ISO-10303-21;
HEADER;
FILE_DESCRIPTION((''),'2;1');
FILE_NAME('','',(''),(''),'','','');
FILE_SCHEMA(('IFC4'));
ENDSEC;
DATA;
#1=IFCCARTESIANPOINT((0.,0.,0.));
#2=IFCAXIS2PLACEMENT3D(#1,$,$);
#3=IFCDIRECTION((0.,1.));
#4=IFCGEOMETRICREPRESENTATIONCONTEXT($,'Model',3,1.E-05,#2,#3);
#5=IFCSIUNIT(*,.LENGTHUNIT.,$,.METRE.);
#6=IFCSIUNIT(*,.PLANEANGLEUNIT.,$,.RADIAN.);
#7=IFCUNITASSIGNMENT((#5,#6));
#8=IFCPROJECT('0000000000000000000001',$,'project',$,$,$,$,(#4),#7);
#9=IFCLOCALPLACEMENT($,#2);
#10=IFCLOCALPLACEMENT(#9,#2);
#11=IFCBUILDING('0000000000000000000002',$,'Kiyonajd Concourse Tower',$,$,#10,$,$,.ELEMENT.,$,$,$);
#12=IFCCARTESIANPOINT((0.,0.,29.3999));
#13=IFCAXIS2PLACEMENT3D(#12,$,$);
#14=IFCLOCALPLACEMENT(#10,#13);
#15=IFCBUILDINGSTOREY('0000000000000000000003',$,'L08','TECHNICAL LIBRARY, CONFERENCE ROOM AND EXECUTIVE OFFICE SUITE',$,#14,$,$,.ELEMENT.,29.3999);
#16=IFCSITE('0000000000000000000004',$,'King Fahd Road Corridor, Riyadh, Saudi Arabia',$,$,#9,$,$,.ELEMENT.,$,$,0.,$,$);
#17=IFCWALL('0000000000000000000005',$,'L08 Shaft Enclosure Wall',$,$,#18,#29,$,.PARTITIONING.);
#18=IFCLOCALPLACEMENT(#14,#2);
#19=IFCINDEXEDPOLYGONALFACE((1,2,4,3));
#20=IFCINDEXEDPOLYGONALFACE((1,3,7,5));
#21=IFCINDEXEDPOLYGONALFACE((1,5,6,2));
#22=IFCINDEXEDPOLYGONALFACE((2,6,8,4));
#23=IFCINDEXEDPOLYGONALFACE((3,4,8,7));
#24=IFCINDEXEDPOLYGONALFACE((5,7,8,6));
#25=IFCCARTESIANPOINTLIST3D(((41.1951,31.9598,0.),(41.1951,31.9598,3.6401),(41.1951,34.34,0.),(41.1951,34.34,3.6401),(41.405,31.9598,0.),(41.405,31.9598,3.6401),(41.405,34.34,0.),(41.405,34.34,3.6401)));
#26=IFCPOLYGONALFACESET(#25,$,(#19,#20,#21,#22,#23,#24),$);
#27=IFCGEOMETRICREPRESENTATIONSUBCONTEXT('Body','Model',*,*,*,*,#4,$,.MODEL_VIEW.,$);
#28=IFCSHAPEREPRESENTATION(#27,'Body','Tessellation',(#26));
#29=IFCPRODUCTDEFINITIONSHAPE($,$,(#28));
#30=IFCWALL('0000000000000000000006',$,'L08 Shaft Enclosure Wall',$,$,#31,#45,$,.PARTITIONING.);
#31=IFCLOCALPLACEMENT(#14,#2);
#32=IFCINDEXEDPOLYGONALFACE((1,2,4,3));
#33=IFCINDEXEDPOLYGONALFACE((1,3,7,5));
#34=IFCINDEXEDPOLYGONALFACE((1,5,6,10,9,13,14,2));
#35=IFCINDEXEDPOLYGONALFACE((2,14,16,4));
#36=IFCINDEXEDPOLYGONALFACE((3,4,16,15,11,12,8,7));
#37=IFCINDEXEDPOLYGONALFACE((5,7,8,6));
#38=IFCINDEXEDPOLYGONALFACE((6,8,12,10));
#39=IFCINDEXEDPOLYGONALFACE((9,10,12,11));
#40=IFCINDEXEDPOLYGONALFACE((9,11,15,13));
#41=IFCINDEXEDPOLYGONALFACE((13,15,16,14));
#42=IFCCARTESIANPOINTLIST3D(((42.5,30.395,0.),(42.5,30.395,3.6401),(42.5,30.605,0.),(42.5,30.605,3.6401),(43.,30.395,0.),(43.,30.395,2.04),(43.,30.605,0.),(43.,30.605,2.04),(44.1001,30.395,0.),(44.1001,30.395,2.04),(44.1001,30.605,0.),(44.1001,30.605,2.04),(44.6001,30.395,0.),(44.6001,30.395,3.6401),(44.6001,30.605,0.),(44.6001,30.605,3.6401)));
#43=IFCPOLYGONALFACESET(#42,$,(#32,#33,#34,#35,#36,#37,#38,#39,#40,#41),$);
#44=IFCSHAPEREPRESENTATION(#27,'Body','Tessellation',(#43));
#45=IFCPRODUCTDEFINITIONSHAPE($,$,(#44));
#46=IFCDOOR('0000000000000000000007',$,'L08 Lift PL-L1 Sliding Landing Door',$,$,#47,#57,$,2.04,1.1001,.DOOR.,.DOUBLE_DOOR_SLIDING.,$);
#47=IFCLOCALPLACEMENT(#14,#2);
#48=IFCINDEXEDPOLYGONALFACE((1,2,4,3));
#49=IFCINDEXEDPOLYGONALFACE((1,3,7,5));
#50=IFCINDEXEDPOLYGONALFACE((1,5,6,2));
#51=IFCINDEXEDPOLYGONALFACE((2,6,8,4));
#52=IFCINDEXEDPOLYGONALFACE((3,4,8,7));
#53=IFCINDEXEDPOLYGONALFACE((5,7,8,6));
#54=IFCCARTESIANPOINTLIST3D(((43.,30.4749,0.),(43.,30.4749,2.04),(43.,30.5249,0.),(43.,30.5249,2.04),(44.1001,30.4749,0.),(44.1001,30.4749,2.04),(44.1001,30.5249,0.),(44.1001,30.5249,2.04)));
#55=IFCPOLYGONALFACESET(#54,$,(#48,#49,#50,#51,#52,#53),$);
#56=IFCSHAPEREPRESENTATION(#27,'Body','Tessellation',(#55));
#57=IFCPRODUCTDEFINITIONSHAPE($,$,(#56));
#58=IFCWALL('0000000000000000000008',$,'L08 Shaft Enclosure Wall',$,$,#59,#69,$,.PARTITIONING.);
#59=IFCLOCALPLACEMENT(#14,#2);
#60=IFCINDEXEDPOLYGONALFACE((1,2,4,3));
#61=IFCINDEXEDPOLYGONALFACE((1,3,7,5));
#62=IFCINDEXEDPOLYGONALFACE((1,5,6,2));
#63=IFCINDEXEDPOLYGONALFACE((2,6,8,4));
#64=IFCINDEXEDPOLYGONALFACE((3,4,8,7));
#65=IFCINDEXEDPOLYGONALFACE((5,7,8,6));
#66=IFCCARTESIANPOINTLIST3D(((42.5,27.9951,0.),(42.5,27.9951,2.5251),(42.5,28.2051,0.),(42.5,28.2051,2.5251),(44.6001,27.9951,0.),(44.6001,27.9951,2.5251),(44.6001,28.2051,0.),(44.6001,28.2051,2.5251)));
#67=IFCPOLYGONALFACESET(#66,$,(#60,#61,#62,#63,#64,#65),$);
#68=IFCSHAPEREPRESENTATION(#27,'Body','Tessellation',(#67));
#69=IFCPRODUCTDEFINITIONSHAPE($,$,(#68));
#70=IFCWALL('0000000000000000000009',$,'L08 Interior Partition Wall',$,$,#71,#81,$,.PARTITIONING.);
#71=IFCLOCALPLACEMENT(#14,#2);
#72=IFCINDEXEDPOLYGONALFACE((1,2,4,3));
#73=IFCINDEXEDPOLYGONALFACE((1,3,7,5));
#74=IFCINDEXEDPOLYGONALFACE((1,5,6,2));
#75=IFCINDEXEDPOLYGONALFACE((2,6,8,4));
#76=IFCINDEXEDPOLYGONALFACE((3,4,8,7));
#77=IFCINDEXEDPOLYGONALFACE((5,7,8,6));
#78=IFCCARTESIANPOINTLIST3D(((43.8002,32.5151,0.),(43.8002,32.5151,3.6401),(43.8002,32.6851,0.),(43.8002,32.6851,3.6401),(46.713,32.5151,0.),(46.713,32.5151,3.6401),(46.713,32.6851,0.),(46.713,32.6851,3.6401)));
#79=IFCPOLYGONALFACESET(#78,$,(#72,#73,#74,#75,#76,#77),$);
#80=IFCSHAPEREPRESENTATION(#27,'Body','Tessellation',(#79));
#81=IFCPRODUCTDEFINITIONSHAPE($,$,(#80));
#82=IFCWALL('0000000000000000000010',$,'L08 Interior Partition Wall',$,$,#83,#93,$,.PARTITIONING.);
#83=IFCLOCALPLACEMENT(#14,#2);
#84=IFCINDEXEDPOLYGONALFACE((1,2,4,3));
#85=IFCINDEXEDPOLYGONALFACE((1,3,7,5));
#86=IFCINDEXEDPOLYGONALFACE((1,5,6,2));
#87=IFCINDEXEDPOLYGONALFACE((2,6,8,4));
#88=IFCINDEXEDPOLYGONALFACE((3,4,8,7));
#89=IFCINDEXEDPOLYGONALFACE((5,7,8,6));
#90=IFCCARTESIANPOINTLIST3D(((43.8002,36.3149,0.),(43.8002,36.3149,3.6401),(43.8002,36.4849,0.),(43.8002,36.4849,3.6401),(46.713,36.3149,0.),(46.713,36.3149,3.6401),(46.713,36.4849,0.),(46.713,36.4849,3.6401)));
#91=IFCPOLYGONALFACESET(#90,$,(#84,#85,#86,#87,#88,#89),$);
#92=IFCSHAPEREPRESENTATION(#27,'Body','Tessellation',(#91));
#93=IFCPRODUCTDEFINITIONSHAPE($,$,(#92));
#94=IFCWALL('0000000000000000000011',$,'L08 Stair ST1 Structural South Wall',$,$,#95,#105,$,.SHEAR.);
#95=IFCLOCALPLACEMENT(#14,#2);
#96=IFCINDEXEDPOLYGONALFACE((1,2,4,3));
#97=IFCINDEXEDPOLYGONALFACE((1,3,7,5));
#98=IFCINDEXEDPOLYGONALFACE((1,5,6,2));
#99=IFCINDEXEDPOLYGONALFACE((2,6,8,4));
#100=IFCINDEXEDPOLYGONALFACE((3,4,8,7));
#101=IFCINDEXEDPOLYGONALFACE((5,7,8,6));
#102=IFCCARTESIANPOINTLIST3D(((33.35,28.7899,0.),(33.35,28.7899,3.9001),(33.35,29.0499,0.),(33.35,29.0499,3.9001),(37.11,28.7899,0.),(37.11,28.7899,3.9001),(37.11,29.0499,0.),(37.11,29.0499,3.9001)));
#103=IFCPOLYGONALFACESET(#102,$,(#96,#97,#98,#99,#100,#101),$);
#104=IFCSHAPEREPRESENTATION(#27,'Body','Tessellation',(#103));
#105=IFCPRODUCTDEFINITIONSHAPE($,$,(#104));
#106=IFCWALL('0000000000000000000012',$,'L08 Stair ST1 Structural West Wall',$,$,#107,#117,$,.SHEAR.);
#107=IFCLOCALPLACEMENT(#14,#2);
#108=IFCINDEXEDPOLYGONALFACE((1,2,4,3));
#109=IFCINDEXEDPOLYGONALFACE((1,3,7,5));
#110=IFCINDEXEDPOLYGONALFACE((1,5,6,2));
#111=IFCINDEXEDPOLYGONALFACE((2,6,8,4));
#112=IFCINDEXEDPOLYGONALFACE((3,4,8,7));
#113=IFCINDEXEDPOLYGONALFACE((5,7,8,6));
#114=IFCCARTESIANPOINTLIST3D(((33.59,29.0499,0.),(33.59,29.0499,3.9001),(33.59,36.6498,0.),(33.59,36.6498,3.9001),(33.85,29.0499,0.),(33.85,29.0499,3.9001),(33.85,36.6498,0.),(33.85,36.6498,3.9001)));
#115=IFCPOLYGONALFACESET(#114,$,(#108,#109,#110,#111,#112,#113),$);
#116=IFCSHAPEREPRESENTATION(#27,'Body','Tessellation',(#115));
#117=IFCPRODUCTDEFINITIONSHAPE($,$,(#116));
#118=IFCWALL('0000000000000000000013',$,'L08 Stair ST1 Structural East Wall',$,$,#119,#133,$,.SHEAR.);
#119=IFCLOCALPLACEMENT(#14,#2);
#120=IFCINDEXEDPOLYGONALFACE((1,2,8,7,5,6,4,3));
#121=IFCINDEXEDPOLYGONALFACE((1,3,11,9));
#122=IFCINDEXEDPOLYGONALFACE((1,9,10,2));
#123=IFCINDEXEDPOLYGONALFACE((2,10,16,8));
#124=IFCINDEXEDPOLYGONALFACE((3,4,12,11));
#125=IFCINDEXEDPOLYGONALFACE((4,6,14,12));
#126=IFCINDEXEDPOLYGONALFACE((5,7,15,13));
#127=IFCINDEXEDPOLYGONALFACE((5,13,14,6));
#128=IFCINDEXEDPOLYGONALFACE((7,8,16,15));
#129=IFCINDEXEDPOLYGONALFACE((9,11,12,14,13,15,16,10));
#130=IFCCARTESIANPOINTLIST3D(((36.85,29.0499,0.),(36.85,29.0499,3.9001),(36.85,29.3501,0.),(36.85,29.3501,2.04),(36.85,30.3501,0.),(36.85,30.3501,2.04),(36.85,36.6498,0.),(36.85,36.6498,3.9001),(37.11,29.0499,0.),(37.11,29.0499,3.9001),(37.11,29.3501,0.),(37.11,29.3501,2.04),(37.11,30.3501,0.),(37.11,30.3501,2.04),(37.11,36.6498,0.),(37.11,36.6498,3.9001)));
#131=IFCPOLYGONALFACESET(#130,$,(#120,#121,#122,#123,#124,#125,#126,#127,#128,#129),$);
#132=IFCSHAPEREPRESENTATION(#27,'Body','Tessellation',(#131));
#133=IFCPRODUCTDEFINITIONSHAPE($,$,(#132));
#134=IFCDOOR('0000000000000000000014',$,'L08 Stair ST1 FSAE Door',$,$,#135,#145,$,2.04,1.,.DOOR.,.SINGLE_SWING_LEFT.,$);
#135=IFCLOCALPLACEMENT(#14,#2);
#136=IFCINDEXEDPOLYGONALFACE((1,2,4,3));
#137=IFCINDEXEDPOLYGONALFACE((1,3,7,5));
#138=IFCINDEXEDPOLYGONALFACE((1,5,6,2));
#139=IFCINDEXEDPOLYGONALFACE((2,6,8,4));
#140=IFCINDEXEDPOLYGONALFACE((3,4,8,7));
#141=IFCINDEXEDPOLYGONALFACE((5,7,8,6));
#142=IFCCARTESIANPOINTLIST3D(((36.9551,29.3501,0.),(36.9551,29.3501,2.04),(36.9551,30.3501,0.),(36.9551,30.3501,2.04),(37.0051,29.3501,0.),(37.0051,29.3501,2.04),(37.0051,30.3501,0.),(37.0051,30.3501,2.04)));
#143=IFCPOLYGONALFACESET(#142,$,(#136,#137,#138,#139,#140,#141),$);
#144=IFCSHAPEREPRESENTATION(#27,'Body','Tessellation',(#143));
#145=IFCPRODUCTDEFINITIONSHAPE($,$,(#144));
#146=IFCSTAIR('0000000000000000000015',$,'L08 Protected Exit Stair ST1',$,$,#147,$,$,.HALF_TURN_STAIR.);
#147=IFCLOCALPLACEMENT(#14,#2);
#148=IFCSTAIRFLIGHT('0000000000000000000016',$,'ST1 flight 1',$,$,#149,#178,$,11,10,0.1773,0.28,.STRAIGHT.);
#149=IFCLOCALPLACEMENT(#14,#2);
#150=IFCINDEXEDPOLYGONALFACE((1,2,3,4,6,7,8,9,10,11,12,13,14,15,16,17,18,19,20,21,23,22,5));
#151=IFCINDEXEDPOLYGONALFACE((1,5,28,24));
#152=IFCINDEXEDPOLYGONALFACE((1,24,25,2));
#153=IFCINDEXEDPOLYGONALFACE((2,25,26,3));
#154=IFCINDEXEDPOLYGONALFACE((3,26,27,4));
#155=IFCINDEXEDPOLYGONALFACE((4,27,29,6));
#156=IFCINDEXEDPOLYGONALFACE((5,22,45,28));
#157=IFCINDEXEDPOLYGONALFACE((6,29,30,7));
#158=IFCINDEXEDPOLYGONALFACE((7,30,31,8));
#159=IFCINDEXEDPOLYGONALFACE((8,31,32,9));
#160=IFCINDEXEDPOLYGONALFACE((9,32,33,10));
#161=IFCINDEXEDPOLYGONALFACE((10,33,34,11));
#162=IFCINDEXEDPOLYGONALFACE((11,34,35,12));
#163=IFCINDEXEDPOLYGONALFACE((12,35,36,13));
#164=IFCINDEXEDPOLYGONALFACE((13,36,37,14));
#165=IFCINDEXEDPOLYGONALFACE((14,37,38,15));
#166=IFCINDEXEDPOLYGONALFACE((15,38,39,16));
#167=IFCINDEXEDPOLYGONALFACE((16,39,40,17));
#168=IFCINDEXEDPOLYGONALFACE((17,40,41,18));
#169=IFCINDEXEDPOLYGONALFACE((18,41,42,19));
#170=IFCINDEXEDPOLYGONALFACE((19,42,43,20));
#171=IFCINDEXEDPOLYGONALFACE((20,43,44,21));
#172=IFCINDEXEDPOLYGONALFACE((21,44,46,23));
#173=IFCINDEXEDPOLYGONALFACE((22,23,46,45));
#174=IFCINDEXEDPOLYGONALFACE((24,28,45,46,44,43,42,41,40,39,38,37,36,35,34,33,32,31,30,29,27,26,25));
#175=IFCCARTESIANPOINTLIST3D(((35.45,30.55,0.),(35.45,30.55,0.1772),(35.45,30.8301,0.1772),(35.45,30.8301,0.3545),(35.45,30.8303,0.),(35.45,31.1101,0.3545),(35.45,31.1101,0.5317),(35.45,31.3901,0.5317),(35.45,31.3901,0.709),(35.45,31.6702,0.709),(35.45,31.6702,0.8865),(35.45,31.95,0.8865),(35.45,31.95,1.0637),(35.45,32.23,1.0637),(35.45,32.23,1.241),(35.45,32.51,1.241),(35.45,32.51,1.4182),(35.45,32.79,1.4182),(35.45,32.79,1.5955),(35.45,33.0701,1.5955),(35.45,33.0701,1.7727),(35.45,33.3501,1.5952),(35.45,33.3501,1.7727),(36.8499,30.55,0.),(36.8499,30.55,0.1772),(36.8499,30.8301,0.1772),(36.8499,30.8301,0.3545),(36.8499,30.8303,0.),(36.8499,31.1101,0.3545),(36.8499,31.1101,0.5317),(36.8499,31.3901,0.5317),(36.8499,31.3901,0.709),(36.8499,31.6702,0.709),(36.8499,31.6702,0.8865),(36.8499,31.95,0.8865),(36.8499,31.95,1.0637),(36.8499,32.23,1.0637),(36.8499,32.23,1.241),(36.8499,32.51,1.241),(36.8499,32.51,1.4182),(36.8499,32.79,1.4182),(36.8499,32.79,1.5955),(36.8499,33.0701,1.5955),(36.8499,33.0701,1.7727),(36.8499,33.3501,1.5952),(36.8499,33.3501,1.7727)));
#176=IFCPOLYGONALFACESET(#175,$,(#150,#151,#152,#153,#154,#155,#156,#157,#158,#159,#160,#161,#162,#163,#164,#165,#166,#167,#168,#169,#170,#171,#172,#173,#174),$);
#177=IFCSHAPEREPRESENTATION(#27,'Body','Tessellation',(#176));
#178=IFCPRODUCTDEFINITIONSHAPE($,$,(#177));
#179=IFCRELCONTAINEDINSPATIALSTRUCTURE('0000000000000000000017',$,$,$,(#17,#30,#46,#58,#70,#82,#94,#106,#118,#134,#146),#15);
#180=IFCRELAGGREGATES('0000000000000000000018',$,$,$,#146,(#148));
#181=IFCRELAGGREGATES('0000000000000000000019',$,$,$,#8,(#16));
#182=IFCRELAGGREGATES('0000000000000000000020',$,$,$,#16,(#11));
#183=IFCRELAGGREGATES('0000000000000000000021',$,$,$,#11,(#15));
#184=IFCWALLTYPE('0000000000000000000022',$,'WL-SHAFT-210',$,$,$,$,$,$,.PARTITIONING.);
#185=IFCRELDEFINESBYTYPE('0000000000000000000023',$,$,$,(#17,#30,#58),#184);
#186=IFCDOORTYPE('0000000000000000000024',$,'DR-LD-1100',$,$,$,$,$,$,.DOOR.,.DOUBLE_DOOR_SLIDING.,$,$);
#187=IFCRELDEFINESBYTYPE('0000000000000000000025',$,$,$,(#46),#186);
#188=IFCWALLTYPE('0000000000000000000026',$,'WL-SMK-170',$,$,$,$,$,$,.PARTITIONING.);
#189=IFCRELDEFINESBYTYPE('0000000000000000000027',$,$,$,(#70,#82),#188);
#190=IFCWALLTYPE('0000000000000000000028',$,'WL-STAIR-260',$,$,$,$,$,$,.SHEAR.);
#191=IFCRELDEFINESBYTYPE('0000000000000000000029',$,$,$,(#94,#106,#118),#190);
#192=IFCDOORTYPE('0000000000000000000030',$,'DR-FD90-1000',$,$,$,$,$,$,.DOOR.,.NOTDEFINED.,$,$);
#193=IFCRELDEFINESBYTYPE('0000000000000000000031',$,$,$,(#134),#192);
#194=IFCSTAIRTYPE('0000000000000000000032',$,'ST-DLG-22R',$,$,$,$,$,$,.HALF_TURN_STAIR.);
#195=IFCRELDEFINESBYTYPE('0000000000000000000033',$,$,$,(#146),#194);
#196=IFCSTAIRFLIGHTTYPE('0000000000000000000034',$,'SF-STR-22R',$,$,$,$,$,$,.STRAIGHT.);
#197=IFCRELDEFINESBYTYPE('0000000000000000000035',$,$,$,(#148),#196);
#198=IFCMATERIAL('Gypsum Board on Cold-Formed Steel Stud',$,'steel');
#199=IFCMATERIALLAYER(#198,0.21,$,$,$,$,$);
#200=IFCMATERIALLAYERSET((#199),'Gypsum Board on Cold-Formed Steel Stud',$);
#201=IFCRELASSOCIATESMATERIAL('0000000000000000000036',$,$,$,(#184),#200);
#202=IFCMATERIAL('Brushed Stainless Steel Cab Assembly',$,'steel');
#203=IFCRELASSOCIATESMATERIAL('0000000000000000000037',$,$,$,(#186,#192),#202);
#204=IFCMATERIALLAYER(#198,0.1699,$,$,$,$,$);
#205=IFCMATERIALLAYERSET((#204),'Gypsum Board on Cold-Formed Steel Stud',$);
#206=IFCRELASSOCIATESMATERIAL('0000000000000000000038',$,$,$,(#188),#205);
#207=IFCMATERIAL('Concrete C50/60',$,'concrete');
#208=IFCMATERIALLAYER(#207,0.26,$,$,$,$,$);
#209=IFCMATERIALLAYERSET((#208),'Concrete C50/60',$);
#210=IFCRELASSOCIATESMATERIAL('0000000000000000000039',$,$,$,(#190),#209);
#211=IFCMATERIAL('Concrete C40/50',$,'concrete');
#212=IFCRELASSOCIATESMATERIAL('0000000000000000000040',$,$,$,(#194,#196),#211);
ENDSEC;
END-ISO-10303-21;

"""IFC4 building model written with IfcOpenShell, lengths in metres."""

from ifc_helpers import new_model, si_unit, direction, frame, frame_2d, origin, place, context, subcontext, project, spatial, polyline, rectangle, outline, extrude, material, layer, layer_set, type_object, element, fill, aggregate, save


model = new_model("IFC4")

# Units and contexts
model_context = context("Model", 3, precision=1e-05, world=origin(), true_north=direction((0.0, 1.0)))
body_context = subcontext(model_context, "Body", "Model", "MODEL_VIEW")
ifc_project = project(units=[si_unit("LENGTHUNIT", "METRE"), si_unit("PLANEANGLEUNIT", "RADIAN")], contexts=[model_context])

# Site, building, storey
site_placement = place(None, origin())
site = spatial("IfcSite", under=ifc_project, at=site_placement, Name="King Fahd Road Corridor, Riyadh, Saudi Arabia", CompositionType="ELEMENT", RefElevation=0.0)
building_placement = place(site_placement, origin())
building = spatial("IfcBuilding", under=site, at=building_placement, Name="Kiyonajd Concourse Tower", CompositionType="ELEMENT")
storey_placement = place(building_placement, frame((0.0, 0.0, 29.3999)))
storey = spatial("IfcBuildingStorey", under=building, at=storey_placement, Name="L08", Description="TECHNICAL LIBRARY, CONFERENCE ROOM AND EXECUTIVE OFFICE SUITE", CompositionType="ELEMENT", Elevation=29.3999)

# Shared definitions
ifc_material_1 = material(Name="Concrete C50/60", Category="concrete")

# Shared definitions
ifc_material_2 = material(Name="Brushed Stainless Steel Cab Assembly", Category="steel")
ifc_material_3 = material(Name="Gypsum Board on Cold-Formed Steel Stud", Category="steel")
ifc_layer_1 = layer(ifc_material_3, 0.21)
ifc_layer_set_1 = layer_set([ifc_layer_1], Name="Gypsum Board on Cold-Formed Steel Stud")
wall_type_1 = type_object("IfcWallType", Name="WL-SHAFT-210", PredefinedType="PARTITIONING", material=ifc_layer_set_1)

# Wall
wall_1_placement = place(storey_placement, frame((41.3, 31.96, 0.0), z_axis=(0.0, 0.0, 1.0), x_axis=(0.0, 1.0, 0.0)))
element("IfcWall", 1, at=wall_1_placement, inside=storey, type_object=wall_type_1, Name="L08 Shaft Enclosure Wall", PredefinedType="PARTITIONING", context=body_context, shape_type="SweptSolid", body=[
    extrude(rectangle(XDim=2.3801, YDim=0.21, at=frame_2d((1.1899, 0.0))), origin(), (0.0, 0.0, 1.0), 3.6401),
])

# Wall, opening, door
wall_2_placement = place(storey_placement, frame((42.5, 30.5, 0.0), z_axis=(0.0, 0.0, 1.0), x_axis=(1.0, 0.0, 0.0)))
wall_2 = element("IfcWall", 2, at=wall_2_placement, inside=storey, type_object=wall_type_1, Name="L08 Shaft Enclosure Wall", PredefinedType="PARTITIONING", context=body_context, shape_type="SweptSolid", body=[
    extrude(rectangle(XDim=2.1001, YDim=0.21, at=frame_2d((1.05, 0.0))), origin(), (0.0, 0.0, 1.0), 3.6401),
])
opening_1_placement = place(wall_2_placement, frame((0.5, 0.0, 0.0)))
opening_1 = element("IfcOpeningElement", 3, at=opening_1_placement, cuts=wall_2, PredefinedType="OPENING", context=body_context, shape_type="SweptSolid", body=[
    extrude(rectangle(XDim=1.1001, YDim=2.04, at=frame_2d((0.55, 1.02))), frame((0.0, 0.115, 0.0), z_axis=(0.0, -1.0, 0.0), x_axis=(1.0, 0.0, 0.0)), (0.0, 0.0, 1.0), 0.23),
])
door_type_1 = type_object("IfcDoorType", Name="DR-LD-1100", OperationType="DOUBLE_DOOR_SLIDING", PredefinedType="DOOR", material=ifc_material_2)
door_1_placement = place(opening_1_placement, origin())
door_1 = element("IfcDoor", 4, at=door_1_placement, inside=storey, type_object=door_type_1, Name="L08 Lift PL-L1 Sliding Landing Door", OperationType="DOUBLE_DOOR_SLIDING", OverallHeight=2.04, OverallWidth=1.1001, PredefinedType="DOOR", context=body_context, shape_type="SweptSolid", body=[
    extrude(rectangle(XDim=1.1001, YDim=2.04, at=frame_2d((0.55, 1.02))), frame((0.0, 0.0249, 0.0), z_axis=(0.0, -1.0, 0.0), x_axis=(1.0, 0.0, 0.0)), (0.0, 0.0, 1.0), 0.05),
])
fill(opening_1, door_1)

# Walls
wall_3_placement = place(storey_placement, frame((42.5, 28.1001, 0.0), z_axis=(0.0, 0.0, 1.0), x_axis=(1.0, 0.0, 0.0)))
element("IfcWall", 5, at=wall_3_placement, inside=storey, type_object=wall_type_1, Name="L08 Shaft Enclosure Wall", PredefinedType="PARTITIONING", context=body_context, shape_type="SweptSolid", body=[
    extrude(rectangle(XDim=2.1001, YDim=0.21, at=frame_2d((1.05, 0.0))), origin(), (0.0, 0.0, 1.0), 2.5251),
])
ifc_layer_2 = layer(ifc_material_3, 0.1699)
ifc_layer_set_2 = layer_set([ifc_layer_2], Name="Gypsum Board on Cold-Formed Steel Stud")
wall_type_2 = type_object("IfcWallType", Name="WL-SMK-170", PredefinedType="PARTITIONING", material=ifc_layer_set_2)
for number, where, z_axis, x_axis, name in (
    (6, (43.8, 32.6001, 0.0), (0.0, 0.0, 1.0), (1.0, 0.0, 0.0), "L08 Interior Partition Wall"),
    (7, (43.8, 36.3999, 0.0), (0.0, 0.0, 1.0), (1.0, 0.0, 0.0), "L08 Interior Partition Wall"),
):
    element("IfcWall", number, at=place(storey_placement, frame(where, z_axis=z_axis, x_axis=x_axis)), inside=storey, type_object=wall_type_2, Name=name, PredefinedType="PARTITIONING", context=body_context, shape_type="SweptSolid", body=[
        extrude(rectangle(XDim=2.9128, YDim=0.1699, at=frame_2d((1.4565, 0.0))), origin(), (0.0, 0.0, 1.0), 3.6401),
    ])
ifc_layer_3 = layer(ifc_material_1, 0.26)
ifc_layer_set_3 = layer_set([ifc_layer_3], Name="Concrete C50/60")
wall_type_3 = type_object("IfcWallType", Name="WL-STAIR-260", PredefinedType="SHEAR", material=ifc_layer_set_3)
wall_4_placement = place(storey_placement, frame((33.3501, 28.9199, 0.0), z_axis=(0.0, 0.0, 1.0), x_axis=(1.0, 0.0, 0.0)))
element("IfcWall", 8, at=wall_4_placement, inside=storey, type_object=wall_type_3, Name="L08 Stair ST1 Structural South Wall", PredefinedType="SHEAR", context=body_context, shape_type="SweptSolid", body=[
    extrude(rectangle(XDim=3.76, YDim=0.26, at=frame_2d((1.8799, 0.0))), origin(), (0.0, 0.0, 1.0), 3.9001),
])
wall_5_placement = place(storey_placement, frame((33.72, 29.05, 0.0), z_axis=(0.0, 0.0, 1.0), x_axis=(0.0, 1.0, 0.0)))
element("IfcWall", 9, at=wall_5_placement, inside=storey, type_object=wall_type_3, Name="L08 Stair ST1 Structural West Wall", PredefinedType="SHEAR", context=body_context, shape_type="SweptSolid", body=[
    extrude(rectangle(XDim=7.5999, YDim=0.26, at=frame_2d((3.7998, 0.0))), origin(), (0.0, 0.0, 1.0), 3.9001),
])

# Wall, opening, door
wall_6_placement = place(storey_placement, frame((36.98, 29.05, 0.0), z_axis=(0.0, 0.0, 1.0), x_axis=(0.0, 1.0, 0.0)))
wall_6 = element("IfcWall", 10, at=wall_6_placement, inside=storey, type_object=wall_type_3, Name="L08 Stair ST1 Structural East Wall", PredefinedType="SHEAR", context=body_context, shape_type="SweptSolid", body=[
    extrude(rectangle(XDim=7.5999, YDim=0.26, at=frame_2d((3.7998, 0.0))), origin(), (0.0, 0.0, 1.0), 3.9001),
])
opening_2_placement = place(wall_6_placement, frame((0.3, 0.0, 0.0)))
opening_2 = element("IfcOpeningElement", 11, at=opening_2_placement, cuts=wall_6, PredefinedType="OPENING", context=body_context, shape_type="SweptSolid", body=[
    extrude(rectangle(XDim=1.0, YDim=2.04, at=frame_2d((0.5, 1.02))), frame((0.0, 0.1399, 0.0), z_axis=(0.0, -1.0, 0.0), x_axis=(1.0, 0.0, 0.0)), (0.0, 0.0, 1.0), 0.28),
])
door_type_2 = type_object("IfcDoorType", Name="DR-FD90-1000", OperationType="NOTDEFINED", PredefinedType="DOOR", material=ifc_material_2)
door_2_placement = place(opening_2_placement, origin())
door_2 = element("IfcDoor", 12, at=door_2_placement, inside=storey, type_object=door_type_2, Name="L08 Stair ST1 FSAE Door", OperationType="SINGLE_SWING_LEFT", OverallHeight=2.04, OverallWidth=1.0, PredefinedType="DOOR", context=body_context, shape_type="SweptSolid", body=[
    extrude(rectangle(XDim=1.0, YDim=2.04, at=frame_2d((0.5, 1.02))), frame((0.0, 0.0249, 0.0), z_axis=(0.0, -1.0, 0.0), x_axis=(1.0, 0.0, 0.0)), (0.0, 0.0, 1.0), 0.05),
])
fill(opening_2, door_2)

# Stair, stair flight
ifc_material_4 = material(Name="Concrete C40/50", Category="concrete")
stair_type = type_object("IfcStairType", Name="ST-DLG-22R", PredefinedType="HALF_TURN_STAIR", material=ifc_material_4)
stair_placement = place(storey_placement, origin())
stair = element("IfcStair", 13, at=stair_placement, inside=storey, type_object=stair_type, Name="L08 Protected Exit Stair ST1", PredefinedType="HALF_TURN_STAIR")
stair_flight_type = type_object("IfcStairFlightType", Name="SF-STR-22R", PredefinedType="STRAIGHT", material=ifc_material_4)
stair_flight_1_placement = place(storey_placement, frame((36.1499, 30.55, 0.0), z_axis=(0.0, 0.0, 1.0), x_axis=(0.0, 1.0, 0.0)))
stair_flight_1 = element("IfcStairFlight", 14, at=stair_flight_1_placement, type_object=stair_flight_type, Name="ST1 flight 1", NumberOfRisers=11, NumberOfTreads=10, PredefinedType="STRAIGHT", RiserHeight=0.1773, TreadLength=0.28, context=body_context, shape_type="SweptSolid", body=[
    extrude(outline(polyline([(0.0, 0.0), (0.0, 0.1772), (0.28, 0.1772), (0.28, 0.3545), (0.5601, 0.3545), (0.5601, 0.5317), (0.8401, 0.5317), (0.8401, 0.709), (1.1201, 0.709), (1.1201, 0.8865), (1.3999, 0.8865), (1.3999, 1.0637), (1.6799, 1.0637), (1.6799, 1.241), (1.96, 1.241), (1.96, 1.4182), (2.24, 1.4182), (2.24, 1.5955), (2.52, 1.5955), (2.52, 1.7727), (2.8, 1.7727), (2.8, 1.95), (2.8, 1.5952), (0.2803, 0.0), (0.0, 0.0)])), frame((0.0, 0.7, 0.0), z_axis=(0.0, -1.0, 0.0), x_axis=(1.0, 0.0, 0.0)), (0.0, 0.0, 1.0), 1.3999),
])
aggregate(stair, [stair_flight_1])

save(model, "model.ifc")
